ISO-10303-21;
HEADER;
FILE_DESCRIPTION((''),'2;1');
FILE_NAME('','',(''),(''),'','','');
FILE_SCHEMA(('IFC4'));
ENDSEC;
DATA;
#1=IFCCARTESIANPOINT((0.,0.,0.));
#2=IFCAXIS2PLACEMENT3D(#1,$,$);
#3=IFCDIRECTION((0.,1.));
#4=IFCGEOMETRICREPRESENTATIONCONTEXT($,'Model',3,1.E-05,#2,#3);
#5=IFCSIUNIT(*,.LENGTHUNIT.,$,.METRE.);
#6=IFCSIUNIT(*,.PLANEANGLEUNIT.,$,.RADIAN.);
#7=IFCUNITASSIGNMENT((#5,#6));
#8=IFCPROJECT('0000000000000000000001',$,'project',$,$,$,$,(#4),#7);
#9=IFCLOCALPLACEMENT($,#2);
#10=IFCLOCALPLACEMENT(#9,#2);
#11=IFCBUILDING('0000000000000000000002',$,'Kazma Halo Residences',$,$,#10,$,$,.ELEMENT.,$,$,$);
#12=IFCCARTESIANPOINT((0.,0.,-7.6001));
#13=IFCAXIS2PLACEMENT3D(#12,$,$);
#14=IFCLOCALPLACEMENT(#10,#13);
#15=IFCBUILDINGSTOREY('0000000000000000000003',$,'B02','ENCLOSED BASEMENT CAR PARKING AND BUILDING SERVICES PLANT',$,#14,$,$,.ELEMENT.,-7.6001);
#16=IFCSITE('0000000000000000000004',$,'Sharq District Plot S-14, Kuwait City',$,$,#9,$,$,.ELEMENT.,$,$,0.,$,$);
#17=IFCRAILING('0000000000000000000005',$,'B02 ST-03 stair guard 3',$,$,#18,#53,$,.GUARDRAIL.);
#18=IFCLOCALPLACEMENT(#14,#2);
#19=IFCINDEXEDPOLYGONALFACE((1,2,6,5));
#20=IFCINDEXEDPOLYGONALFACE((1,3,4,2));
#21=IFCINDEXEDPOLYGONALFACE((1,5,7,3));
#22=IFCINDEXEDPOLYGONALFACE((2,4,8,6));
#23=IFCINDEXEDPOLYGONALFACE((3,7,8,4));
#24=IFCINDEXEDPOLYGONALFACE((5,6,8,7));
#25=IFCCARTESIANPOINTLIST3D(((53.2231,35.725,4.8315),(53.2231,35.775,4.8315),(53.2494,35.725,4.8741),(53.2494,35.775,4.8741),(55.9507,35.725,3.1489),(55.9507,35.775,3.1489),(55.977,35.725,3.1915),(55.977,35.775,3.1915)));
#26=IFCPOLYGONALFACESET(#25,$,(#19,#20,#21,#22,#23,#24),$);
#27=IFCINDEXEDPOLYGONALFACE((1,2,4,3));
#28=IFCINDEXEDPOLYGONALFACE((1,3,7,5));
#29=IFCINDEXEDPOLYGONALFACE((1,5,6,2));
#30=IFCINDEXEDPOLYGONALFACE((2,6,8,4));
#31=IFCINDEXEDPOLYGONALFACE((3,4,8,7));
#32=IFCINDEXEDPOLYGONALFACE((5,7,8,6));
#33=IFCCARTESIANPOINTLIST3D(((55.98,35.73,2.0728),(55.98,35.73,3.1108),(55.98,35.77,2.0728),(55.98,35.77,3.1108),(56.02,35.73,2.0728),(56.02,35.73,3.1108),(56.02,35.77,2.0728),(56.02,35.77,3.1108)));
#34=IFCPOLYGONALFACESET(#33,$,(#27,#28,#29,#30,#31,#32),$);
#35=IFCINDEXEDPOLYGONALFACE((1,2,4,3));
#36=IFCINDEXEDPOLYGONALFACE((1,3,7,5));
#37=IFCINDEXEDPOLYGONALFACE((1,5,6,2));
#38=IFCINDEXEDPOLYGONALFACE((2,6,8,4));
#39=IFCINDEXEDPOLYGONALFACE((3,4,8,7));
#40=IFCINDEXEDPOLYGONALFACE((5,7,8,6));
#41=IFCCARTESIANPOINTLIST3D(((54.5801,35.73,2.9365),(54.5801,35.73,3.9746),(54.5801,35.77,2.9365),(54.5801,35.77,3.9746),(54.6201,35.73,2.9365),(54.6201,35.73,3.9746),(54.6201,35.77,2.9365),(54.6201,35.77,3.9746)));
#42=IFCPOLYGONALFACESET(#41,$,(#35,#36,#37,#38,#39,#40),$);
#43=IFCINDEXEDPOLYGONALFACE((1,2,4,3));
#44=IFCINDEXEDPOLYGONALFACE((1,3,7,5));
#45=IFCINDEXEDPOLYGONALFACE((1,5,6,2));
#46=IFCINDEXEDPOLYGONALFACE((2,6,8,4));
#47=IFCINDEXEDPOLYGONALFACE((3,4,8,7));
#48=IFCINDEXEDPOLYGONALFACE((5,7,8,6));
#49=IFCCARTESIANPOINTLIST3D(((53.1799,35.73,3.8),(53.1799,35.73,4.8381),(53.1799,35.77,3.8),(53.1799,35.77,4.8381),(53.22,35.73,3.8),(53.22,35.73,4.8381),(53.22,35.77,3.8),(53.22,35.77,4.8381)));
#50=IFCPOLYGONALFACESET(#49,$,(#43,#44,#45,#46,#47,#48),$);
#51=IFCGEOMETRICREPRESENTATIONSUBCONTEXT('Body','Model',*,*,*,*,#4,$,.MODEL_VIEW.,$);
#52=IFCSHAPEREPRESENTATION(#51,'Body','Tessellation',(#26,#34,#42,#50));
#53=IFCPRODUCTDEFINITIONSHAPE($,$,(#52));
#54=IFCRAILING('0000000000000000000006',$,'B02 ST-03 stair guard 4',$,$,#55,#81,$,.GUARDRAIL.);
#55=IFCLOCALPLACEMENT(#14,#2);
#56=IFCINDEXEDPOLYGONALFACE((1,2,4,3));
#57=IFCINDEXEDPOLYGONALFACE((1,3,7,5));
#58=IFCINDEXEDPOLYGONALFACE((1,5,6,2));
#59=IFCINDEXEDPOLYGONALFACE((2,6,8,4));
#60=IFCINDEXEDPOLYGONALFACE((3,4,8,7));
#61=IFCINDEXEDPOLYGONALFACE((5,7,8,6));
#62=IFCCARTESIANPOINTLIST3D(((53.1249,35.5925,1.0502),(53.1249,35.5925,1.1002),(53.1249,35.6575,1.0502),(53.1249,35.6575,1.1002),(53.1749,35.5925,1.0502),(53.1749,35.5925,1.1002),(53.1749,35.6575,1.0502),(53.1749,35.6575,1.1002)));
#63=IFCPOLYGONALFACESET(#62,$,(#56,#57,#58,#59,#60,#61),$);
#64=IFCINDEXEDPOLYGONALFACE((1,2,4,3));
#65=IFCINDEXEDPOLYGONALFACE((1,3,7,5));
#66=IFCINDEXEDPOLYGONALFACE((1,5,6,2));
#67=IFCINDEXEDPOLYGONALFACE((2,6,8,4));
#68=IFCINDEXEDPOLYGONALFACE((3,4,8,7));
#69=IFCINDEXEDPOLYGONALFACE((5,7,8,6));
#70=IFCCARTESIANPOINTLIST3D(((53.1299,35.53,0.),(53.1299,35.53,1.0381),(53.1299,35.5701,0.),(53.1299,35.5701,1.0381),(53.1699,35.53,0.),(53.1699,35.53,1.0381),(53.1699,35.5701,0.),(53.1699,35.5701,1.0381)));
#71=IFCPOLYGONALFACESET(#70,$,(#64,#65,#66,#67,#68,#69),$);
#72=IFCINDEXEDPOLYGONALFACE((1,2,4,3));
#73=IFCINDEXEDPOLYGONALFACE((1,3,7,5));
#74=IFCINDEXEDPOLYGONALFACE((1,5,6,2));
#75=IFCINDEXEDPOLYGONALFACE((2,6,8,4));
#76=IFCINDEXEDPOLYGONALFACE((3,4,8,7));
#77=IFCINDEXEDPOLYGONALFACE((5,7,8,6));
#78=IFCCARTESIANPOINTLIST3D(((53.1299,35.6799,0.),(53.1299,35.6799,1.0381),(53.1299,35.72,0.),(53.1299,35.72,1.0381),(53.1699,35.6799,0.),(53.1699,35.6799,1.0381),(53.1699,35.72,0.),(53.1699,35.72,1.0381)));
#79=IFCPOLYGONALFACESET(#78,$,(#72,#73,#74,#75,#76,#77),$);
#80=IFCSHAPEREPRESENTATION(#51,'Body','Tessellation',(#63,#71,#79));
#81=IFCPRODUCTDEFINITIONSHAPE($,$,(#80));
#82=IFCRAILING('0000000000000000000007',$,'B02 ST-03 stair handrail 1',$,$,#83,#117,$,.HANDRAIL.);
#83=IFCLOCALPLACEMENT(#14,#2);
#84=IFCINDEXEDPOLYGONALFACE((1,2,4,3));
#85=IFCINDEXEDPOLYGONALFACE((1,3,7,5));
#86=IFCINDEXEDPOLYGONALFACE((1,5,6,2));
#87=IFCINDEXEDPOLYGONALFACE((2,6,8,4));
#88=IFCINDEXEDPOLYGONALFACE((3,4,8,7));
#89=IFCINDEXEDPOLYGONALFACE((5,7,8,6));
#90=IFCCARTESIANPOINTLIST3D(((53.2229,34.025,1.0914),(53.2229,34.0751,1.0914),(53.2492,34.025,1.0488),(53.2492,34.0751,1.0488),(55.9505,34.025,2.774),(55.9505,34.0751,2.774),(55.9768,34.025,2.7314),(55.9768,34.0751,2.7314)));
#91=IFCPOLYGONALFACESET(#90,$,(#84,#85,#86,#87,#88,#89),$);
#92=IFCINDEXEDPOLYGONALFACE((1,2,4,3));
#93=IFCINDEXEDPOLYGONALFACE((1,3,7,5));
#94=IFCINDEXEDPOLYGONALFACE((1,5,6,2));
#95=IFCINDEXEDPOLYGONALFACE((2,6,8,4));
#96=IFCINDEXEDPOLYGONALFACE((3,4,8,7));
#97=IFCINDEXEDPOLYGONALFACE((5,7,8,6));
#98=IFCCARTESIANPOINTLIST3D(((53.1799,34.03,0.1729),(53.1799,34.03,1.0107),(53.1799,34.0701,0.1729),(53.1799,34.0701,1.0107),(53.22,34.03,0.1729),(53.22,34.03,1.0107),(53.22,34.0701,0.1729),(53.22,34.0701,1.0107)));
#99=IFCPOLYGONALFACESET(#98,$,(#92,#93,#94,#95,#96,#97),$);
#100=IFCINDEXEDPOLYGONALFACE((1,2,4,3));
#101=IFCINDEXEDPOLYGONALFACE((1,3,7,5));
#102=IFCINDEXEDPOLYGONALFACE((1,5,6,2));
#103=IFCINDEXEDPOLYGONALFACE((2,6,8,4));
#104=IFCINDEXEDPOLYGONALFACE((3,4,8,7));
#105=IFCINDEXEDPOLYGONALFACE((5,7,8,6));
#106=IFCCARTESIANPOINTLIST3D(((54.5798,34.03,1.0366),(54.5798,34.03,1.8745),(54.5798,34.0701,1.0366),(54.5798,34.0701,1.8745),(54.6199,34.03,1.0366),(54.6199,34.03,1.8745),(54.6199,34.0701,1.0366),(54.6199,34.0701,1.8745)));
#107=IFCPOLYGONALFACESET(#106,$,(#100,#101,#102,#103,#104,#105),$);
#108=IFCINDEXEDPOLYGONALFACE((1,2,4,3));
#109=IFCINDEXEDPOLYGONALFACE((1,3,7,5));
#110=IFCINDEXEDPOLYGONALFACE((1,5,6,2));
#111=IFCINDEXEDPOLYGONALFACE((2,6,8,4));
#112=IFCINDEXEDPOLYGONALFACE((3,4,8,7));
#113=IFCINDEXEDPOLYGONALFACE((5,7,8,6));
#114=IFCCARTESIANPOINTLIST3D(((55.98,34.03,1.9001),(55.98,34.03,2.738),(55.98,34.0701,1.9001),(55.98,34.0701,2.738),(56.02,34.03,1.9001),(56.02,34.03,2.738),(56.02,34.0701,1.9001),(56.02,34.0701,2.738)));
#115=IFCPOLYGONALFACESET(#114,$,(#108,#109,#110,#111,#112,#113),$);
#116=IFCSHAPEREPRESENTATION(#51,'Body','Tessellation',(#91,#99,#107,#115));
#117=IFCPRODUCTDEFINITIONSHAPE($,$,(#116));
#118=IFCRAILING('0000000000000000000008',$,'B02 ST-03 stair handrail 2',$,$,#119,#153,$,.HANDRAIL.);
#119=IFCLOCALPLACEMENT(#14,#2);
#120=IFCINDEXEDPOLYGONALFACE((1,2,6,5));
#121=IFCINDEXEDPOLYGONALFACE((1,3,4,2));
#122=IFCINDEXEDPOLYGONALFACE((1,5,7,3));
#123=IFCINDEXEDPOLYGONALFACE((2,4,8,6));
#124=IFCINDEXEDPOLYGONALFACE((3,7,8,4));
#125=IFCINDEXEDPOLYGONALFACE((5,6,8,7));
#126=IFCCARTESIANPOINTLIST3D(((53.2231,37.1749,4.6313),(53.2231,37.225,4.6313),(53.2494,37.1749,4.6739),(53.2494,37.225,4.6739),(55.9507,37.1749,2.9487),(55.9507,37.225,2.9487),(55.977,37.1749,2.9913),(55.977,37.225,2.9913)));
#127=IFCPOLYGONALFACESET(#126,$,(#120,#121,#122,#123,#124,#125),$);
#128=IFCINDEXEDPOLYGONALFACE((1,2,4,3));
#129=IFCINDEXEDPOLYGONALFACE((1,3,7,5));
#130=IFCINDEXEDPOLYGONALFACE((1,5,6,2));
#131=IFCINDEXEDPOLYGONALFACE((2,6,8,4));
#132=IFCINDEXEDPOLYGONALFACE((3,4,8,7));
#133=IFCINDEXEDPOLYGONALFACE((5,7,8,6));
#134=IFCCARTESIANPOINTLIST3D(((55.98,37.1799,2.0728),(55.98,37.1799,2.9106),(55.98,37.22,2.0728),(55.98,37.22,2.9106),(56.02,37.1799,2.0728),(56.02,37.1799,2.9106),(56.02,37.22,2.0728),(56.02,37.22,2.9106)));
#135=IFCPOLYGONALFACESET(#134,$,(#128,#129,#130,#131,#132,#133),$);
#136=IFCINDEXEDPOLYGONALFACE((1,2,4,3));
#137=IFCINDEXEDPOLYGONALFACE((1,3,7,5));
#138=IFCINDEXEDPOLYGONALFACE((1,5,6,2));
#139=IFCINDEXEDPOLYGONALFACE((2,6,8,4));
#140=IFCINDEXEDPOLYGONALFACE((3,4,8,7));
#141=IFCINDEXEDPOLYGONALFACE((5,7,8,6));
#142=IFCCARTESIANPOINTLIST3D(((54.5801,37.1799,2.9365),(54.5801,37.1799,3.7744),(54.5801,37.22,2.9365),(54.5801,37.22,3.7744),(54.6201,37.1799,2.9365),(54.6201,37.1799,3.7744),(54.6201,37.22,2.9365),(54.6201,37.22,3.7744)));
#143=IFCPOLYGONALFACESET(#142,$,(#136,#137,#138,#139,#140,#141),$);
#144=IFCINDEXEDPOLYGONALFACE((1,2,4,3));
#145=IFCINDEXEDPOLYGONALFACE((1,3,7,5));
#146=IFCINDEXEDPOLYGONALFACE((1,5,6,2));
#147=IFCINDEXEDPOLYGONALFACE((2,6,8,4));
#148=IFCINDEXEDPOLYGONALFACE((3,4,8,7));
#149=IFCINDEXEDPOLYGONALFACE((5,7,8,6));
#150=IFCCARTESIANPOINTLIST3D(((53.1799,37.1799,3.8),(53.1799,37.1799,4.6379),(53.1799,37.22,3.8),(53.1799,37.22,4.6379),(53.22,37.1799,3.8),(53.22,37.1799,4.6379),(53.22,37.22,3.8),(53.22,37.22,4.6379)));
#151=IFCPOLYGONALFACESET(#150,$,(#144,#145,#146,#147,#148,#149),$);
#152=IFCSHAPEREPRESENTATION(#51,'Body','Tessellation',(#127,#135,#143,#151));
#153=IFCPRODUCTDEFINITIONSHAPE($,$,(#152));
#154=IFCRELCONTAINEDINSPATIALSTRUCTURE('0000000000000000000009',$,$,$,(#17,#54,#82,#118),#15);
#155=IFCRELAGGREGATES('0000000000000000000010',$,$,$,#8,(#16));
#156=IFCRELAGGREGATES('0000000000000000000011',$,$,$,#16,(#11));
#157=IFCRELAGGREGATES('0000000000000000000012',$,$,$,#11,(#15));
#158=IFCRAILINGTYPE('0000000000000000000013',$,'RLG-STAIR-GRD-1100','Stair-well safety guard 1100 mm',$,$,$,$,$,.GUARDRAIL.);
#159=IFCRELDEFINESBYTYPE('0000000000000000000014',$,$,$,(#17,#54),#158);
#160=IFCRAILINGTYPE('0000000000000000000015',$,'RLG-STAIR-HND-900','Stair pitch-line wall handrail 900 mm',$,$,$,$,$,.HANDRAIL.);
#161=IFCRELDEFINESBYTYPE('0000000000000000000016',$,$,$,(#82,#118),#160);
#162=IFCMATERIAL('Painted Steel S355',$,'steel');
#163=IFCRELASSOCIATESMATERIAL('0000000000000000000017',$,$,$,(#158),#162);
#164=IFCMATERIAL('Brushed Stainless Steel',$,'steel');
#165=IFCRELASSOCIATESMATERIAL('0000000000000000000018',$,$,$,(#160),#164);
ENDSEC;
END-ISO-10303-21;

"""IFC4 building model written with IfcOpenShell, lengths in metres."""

from ifc_helpers import new_model, si_unit, direction, frame, origin, origin_2d, place, context, subcontext, project, spatial, rectangle, extrude, material, type_object, element, save


model = new_model("IFC4")

# Units and contexts
model_context = context("Model", 3, precision=1e-05, world=origin(), true_north=direction((0.0, 1.0)))
body_context = subcontext(model_context, "Body", "Model", "MODEL_VIEW")
ifc_project = project(units=[si_unit("LENGTHUNIT", "METRE"), si_unit("PLANEANGLEUNIT", "RADIAN")], contexts=[model_context])

# Site, building, storey
site_placement = place(None, origin())
site = spatial("IfcSite", under=ifc_project, at=site_placement, Name="Sharq District Plot S-14, Kuwait City", CompositionType="ELEMENT", RefElevation=0.0)
building_placement = place(site_placement, origin())
building = spatial("IfcBuilding", under=site, at=building_placement, Name="Kazma Halo Residences", CompositionType="ELEMENT")
storey_placement = place(building_placement, frame((0.0, 0.0, -7.6001)))
storey = spatial("IfcBuildingStorey", under=building, at=storey_placement, Name="B02", Description="ENCLOSED BASEMENT CAR PARKING AND BUILDING SERVICES PLANT", CompositionType="ELEMENT", Elevation=-7.6001)

# Railings
ifc_material_1 = material(Name="Painted Steel S355", Category="steel")
railing_type_1 = type_object("IfcRailingType", Name="RLG-STAIR-GRD-1100", Description="Stair-well safety guard 1100 mm", PredefinedType="GUARDRAIL", material=ifc_material_1)
railing_1_placement = place(storey_placement, frame((56.0, 35.75, 2.0728)))
element("IfcRailing", 1, at=railing_1_placement, inside=storey, type_object=railing_type_1, Name="B02 ST-03 stair guard 3", PredefinedType="GUARDRAIL", context=body_context, shape_type="SweptSolid", body=[
    extrude(rectangle(XDim=0.05, YDim=0.05, at=origin_2d()), frame((-0.0361, 0.0, 1.0974), z_axis=(-0.85109, 0.0, 0.52502), x_axis=(0.0, -1.0, 0.0)), (0.0, 0.0, 1.0), 3.2048),
    extrude(rectangle(XDim=0.04, YDim=0.04, at=origin_2d()), origin(), (0.0, 0.0, 1.0), 1.0381),
    extrude(rectangle(XDim=0.04, YDim=0.04, at=origin_2d()), frame((-1.3999, 0.0, 0.8638)), (0.0, 0.0, 1.0), 1.0381),
    extrude(rectangle(XDim=0.04, YDim=0.04, at=origin_2d()), frame((-2.8, 0.0, 1.7273)), (0.0, 0.0, 1.0), 1.0381),
])
railing_2_placement = place(storey_placement, frame((53.1499, 35.55, 0.0)))
element("IfcRailing", 2, at=railing_2_placement, inside=storey, type_object=railing_type_1, Name="B02 ST-03 stair guard 4", PredefinedType="GUARDRAIL", context=body_context, shape_type="SweptSolid", body=[
    extrude(rectangle(XDim=0.05, YDim=0.05, at=origin_2d()), frame((0.0, 0.0425, 1.0752), z_axis=(0.0, 1.0, 0.0), x_axis=(-1.0, 0.0, 0.0)), (0.0, 0.0, 1.0), 0.0649),
    extrude(rectangle(XDim=0.04, YDim=0.04, at=origin_2d()), origin(), (0.0, 0.0, 1.0), 1.0381),
    extrude(rectangle(XDim=0.04, YDim=0.04, at=origin_2d()), frame((0.0, 0.1499, 0.0)), (0.0, 0.0, 1.0), 1.0381),
])
ifc_material_2 = material(Name="Brushed Stainless Steel", Category="steel")
railing_type_2 = type_object("IfcRailingType", Name="RLG-STAIR-HND-900", Description="Stair pitch-line wall handrail 900 mm", PredefinedType="HANDRAIL", material=ifc_material_2)
railing_3_placement = place(storey_placement, frame((53.2, 34.05, 0.1729)))
element("IfcRailing", 3, at=railing_3_placement, inside=storey, type_object=railing_type_2, Name="B02 ST-03 stair handrail 1", PredefinedType="HANDRAIL", context=body_context, shape_type="SweptSolid", body=[
    extrude(rectangle(XDim=0.05, YDim=0.05, at=origin_2d()), frame((0.0361, 0.0, 0.8972), z_axis=(0.85109, 0.0, 0.52502), x_axis=(0.0, 1.0, 0.0)), (0.0, 0.0, 1.0), 3.2048),
    extrude(rectangle(XDim=0.04, YDim=0.04, at=origin_2d()), origin(), (0.0, 0.0, 1.0), 0.8379),
    extrude(rectangle(XDim=0.04, YDim=0.04, at=origin_2d()), frame((1.3999, 0.0, 0.8638)), (0.0, 0.0, 1.0), 0.8379),
    extrude(rectangle(XDim=0.04, YDim=0.04, at=origin_2d()), frame((2.8, 0.0, 1.7273)), (0.0, 0.0, 1.0), 0.8379),
])
railing_4_placement = place(storey_placement, frame((56.0, 37.2, 2.0728)))
element("IfcRailing", 4, at=railing_4_placement, inside=storey, type_object=railing_type_2, Name="B02 ST-03 stair handrail 2", PredefinedType="HANDRAIL", context=body_context, shape_type="SweptSolid", body=[
    extrude(rectangle(XDim=0.05, YDim=0.05, at=origin_2d()), frame((-0.0361, 0.0, 0.8972), z_axis=(-0.85109, 0.0, 0.52502), x_axis=(0.0, -1.0, 0.0)), (0.0, 0.0, 1.0), 3.2048),
    extrude(rectangle(XDim=0.04, YDim=0.04, at=origin_2d()), origin(), (0.0, 0.0, 1.0), 0.8379),
    extrude(rectangle(XDim=0.04, YDim=0.04, at=origin_2d()), frame((-1.3999, 0.0, 0.8638)), (0.0, 0.0, 1.0), 0.8379),
    extrude(rectangle(XDim=0.04, YDim=0.04, at=origin_2d()), frame((-2.8, 0.0, 1.7273)), (0.0, 0.0, 1.0), 0.8379),
])

save(model, "model.ifc")
